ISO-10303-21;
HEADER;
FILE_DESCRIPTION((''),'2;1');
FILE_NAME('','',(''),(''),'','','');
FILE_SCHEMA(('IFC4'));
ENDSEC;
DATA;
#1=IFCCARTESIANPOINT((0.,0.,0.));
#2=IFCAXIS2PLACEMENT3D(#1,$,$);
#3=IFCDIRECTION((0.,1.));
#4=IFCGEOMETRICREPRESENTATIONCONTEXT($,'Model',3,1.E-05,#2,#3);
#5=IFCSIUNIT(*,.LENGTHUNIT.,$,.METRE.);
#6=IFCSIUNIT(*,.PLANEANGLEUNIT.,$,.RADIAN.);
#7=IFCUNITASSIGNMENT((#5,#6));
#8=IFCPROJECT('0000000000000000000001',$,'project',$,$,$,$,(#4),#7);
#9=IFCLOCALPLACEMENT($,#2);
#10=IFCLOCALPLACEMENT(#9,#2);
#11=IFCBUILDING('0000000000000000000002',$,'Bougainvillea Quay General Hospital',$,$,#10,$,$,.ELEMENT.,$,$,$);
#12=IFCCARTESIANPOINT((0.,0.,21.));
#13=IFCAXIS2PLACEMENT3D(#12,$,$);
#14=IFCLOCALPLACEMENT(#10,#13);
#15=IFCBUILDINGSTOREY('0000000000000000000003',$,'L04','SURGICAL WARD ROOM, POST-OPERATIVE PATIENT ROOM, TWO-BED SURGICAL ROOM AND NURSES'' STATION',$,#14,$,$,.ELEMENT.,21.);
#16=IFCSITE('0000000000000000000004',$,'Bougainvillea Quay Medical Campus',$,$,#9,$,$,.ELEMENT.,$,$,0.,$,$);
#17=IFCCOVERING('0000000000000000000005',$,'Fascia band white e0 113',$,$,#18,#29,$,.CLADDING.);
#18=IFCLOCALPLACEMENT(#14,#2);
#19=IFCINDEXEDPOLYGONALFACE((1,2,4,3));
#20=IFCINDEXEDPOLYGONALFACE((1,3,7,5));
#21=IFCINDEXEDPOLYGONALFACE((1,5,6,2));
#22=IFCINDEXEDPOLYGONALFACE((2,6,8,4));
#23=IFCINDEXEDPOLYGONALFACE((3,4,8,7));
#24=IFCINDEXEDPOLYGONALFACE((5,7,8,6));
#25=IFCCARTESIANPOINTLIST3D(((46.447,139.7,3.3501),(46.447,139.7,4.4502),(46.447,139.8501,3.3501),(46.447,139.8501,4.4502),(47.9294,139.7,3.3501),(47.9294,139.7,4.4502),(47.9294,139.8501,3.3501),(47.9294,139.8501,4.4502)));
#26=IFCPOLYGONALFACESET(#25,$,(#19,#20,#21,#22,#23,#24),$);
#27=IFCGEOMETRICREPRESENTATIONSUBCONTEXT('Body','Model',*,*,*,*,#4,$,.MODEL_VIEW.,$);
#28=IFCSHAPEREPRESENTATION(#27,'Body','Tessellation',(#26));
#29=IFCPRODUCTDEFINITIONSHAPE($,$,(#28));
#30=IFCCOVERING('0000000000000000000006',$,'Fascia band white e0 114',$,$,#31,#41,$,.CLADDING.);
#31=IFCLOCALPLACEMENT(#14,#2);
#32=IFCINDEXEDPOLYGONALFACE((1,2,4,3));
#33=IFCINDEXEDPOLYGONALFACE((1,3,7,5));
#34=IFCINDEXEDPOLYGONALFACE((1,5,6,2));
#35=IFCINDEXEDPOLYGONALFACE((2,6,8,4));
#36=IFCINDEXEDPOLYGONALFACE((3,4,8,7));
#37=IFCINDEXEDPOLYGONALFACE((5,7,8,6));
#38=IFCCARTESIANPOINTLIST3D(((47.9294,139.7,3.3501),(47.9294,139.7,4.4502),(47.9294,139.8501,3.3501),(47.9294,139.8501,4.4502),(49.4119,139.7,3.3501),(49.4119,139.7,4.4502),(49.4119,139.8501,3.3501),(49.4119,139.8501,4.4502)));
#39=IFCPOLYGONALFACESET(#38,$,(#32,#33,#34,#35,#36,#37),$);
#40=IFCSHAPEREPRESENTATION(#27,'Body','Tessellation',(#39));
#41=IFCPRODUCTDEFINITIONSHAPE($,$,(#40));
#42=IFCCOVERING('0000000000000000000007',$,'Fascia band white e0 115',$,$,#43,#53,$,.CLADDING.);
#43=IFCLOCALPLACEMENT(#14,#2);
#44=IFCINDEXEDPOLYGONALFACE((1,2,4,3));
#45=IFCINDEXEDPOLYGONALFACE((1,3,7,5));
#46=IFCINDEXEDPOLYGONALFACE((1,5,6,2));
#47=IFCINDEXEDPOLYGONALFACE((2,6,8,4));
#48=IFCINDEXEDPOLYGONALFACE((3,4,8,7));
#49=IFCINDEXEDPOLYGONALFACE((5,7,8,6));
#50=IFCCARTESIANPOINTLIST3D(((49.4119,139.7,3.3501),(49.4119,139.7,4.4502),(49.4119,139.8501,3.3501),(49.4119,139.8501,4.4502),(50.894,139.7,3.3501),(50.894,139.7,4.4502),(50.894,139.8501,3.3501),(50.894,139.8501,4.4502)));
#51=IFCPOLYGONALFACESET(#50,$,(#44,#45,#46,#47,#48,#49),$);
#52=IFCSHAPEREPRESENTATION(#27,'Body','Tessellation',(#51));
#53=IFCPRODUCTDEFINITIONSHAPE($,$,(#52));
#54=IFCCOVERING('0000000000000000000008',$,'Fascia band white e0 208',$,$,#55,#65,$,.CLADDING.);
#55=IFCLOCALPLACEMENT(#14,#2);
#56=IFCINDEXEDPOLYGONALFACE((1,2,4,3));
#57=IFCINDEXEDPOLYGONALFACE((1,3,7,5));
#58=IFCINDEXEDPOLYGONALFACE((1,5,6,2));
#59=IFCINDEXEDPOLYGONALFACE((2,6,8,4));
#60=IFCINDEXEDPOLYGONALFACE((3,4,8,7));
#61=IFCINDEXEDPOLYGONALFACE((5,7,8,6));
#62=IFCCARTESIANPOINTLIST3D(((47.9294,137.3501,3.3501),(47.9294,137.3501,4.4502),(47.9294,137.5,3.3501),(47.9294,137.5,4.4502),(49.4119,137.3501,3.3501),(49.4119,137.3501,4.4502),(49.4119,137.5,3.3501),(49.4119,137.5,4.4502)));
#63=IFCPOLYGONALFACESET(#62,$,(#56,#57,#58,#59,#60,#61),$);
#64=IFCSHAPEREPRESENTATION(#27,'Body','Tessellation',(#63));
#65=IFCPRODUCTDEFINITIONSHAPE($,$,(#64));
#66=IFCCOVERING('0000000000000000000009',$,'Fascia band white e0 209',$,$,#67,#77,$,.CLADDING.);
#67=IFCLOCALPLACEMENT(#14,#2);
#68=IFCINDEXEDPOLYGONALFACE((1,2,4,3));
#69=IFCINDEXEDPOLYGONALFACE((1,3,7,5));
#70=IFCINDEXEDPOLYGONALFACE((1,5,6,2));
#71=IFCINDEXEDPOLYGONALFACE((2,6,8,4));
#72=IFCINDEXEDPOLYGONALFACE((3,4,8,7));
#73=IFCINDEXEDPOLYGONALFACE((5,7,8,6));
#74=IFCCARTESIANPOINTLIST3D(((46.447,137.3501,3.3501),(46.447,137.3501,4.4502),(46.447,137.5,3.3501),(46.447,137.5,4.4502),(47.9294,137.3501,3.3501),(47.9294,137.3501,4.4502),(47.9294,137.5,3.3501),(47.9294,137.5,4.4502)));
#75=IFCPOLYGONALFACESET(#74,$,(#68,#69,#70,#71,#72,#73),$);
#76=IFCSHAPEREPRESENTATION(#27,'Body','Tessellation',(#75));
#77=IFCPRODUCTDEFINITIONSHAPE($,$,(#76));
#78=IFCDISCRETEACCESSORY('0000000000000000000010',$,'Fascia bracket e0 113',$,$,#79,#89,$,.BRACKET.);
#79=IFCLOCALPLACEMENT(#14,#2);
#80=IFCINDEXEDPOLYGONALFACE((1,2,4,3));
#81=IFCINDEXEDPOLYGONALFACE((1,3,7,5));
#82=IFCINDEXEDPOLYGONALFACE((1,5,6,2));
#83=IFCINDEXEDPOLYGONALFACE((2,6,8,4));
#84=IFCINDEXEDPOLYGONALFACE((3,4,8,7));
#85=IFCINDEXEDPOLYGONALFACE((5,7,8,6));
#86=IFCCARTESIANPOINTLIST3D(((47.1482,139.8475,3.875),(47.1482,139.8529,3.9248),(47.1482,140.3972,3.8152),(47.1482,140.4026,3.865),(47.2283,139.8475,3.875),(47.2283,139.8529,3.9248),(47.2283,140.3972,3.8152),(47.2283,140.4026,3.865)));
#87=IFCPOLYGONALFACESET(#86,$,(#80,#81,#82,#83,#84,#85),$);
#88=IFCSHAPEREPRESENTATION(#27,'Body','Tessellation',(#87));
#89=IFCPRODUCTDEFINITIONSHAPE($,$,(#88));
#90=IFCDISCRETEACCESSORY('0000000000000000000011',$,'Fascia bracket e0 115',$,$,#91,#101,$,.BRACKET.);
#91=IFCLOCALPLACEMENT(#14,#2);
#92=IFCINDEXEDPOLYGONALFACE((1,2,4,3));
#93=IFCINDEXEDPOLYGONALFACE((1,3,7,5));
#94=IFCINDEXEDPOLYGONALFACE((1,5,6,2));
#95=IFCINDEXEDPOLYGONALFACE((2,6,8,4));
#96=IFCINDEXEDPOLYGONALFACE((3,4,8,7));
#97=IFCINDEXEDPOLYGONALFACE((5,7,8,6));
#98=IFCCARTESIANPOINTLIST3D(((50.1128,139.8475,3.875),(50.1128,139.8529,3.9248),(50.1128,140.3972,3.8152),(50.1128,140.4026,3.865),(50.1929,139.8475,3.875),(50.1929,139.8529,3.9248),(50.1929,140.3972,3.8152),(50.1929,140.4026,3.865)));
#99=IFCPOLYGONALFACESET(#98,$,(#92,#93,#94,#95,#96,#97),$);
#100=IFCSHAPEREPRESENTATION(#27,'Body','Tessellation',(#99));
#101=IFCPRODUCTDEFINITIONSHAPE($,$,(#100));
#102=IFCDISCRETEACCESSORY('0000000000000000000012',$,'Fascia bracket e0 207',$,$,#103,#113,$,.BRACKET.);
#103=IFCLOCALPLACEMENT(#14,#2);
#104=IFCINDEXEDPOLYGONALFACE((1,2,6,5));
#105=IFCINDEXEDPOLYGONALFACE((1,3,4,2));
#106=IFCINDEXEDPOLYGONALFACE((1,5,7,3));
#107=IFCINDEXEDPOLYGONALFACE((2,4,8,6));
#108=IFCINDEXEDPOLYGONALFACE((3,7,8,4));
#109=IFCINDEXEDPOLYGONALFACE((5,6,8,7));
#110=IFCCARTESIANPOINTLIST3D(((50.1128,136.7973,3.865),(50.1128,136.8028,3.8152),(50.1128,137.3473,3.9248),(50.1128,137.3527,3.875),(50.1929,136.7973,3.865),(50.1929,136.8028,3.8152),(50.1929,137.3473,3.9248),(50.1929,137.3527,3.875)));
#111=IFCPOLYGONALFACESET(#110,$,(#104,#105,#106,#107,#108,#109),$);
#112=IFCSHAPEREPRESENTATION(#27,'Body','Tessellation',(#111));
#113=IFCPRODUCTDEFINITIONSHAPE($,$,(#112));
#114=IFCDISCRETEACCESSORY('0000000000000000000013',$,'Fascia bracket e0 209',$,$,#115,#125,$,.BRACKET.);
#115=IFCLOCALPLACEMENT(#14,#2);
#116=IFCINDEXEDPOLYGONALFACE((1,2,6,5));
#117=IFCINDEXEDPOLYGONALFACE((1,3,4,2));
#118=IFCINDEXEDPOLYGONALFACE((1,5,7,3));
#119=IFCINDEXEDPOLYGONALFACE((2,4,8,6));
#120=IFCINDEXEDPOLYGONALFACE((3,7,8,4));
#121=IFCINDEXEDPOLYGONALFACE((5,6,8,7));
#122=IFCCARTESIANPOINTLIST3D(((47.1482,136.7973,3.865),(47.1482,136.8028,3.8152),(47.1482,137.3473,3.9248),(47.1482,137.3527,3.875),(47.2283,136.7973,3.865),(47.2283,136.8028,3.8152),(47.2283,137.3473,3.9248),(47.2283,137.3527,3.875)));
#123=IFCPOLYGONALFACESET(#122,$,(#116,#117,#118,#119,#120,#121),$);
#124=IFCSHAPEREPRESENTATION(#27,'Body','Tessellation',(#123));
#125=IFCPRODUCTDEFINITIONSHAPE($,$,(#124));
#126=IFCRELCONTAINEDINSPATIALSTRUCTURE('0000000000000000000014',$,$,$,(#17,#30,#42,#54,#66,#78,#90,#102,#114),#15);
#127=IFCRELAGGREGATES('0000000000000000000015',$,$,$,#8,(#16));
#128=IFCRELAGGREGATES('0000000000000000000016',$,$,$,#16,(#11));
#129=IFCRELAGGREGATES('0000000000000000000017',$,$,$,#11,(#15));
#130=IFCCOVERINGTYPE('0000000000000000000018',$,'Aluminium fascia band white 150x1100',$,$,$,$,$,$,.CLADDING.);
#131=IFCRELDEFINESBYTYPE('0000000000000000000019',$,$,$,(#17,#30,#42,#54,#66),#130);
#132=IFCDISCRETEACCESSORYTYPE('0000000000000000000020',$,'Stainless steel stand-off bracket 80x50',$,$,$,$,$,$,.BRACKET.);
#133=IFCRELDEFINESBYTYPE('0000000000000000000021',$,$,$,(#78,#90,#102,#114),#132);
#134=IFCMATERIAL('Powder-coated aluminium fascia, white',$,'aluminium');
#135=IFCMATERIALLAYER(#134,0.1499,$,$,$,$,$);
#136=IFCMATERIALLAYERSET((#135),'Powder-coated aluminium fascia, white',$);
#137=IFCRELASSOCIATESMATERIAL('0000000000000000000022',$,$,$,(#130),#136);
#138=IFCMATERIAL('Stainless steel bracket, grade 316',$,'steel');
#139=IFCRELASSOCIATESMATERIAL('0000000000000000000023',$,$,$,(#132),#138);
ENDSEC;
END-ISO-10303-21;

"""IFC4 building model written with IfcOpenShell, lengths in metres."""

from ifc_helpers import new_model, si_unit, direction, frame, origin, origin_2d, place, context, subcontext, project, spatial, polyline, rectangle, outline, extrude, material, layer, layer_set, material_profile, profile_set, type_object, element, save


model = new_model("IFC4")

# Units and contexts
model_context = context("Model", 3, precision=1e-05, world=origin(), true_north=direction((0.0, 1.0)))
body_context = subcontext(model_context, "Body", "Model", "MODEL_VIEW")
ifc_project = project(units=[si_unit("LENGTHUNIT", "METRE"), si_unit("PLANEANGLEUNIT", "RADIAN")], contexts=[model_context])

# Site, building, storey
site_placement = place(None, origin())
site = spatial("IfcSite", under=ifc_project, at=site_placement, Name="Bougainvillea Quay Medical Campus", CompositionType="ELEMENT", RefElevation=0.0)
building_placement = place(site_placement, origin())
building = spatial("IfcBuilding", under=site, at=building_placement, Name="Bougainvillea Quay General Hospital", CompositionType="ELEMENT")
storey_placement = place(building_placement, frame((0.0, 0.0, 21.0)))
storey = spatial("IfcBuildingStorey", under=building, at=storey_placement, Name="L04", Description="SURGICAL WARD ROOM, POST-OPERATIVE PATIENT ROOM, TWO-BED SURGICAL ROOM AND NURSES' STATION", CompositionType="ELEMENT", Elevation=21.0)

# Coverings
ifc_material_1 = material(Name="Powder-coated aluminium fascia, white", Category="aluminium")
ifc_layer_1 = layer(ifc_material_1, 0.1499)
ifc_layer_set_1 = layer_set([ifc_layer_1], Name="Powder-coated aluminium fascia, white")
covering_type = type_object("IfcCoveringType", Name="Aluminium fascia band white 150x1100", PredefinedType="CLADDING", material=ifc_layer_set_1)
for number, where, z_axis, x_axis, name in (
    (1, (46.447, 139.8501, 3.3501), (0.0, 0.0, 1.0), (1.0, 0.0, 0.0), "Fascia band white e0 113"),
    (2, (47.9294, 139.8501, 3.3501), (0.0, 0.0, 1.0), (1.0, 0.0, 0.0), "Fascia band white e0 114"),
):
    element("IfcCovering", number, at=place(storey_placement, frame(where, z_axis=z_axis, x_axis=x_axis)), inside=storey, type_object=covering_type, Name=name, PredefinedType="CLADDING", context=body_context, shape_type="SweptSolid", body=[
        extrude(outline(polyline([(0.0, 0.0), (1.4824, 0.0), (1.4824, -0.1501), (0.0, -0.1501), (0.0, 0.0)])), origin(), (0.0, 0.0, 1.0), 1.1001),
    ])
covering_placement = place(storey_placement, frame((49.4119, 139.8501, 3.3501), z_axis=(0.0, 0.0, 1.0), x_axis=(1.0, 0.0, 0.0)))
element("IfcCovering", 3, at=covering_placement, inside=storey, type_object=covering_type, Name="Fascia band white e0 115", PredefinedType="CLADDING", context=body_context, shape_type="SweptSolid", body=[
    extrude(outline(polyline([(0.0, 0.0), (1.4822, 0.0), (1.4822, -0.1501), (0.0, -0.1501), (0.0, 0.0)])), origin(), (0.0, 0.0, 1.0), 1.1001),
])
for number, where, z_axis, x_axis, name in (
    (4, (49.4119, 137.3501, 3.3501), (0.0, 0.0, 1.0), (-1.0, 0.0, 0.0), "Fascia band white e0 208"),
    (5, (47.9294, 137.3501, 3.3501), (0.0, 0.0, 1.0), (-1.0, 0.0, 0.0), "Fascia band white e0 209"),
):
    element("IfcCovering", number, at=place(storey_placement, frame(where, z_axis=z_axis, x_axis=x_axis)), inside=storey, type_object=covering_type, Name=name, PredefinedType="CLADDING", context=body_context, shape_type="SweptSolid", body=[
        extrude(outline(polyline([(0.0, 0.0), (1.4824, 0.0), (1.4824, -0.1499), (0.0, -0.1499), (0.0, 0.0)])), origin(), (0.0, 0.0, 1.0), 1.1001),
    ])

# Discrete accessories
ifc_material_2 = material(Name="Stainless steel bracket, grade 316", Category="steel")
ifc_material_profile_1 = material_profile(ifc_material_2, rectangle(XDim=0.0801, YDim=0.05, at=origin_2d()))
ifc_profile_set_1 = profile_set([ifc_material_profile_1], Name="Stainless steel bracket, grade 316")
discrete_accessory_type = type_object("IfcDiscreteAccessoryType", Name="Stainless steel stand-off bracket 80x50", PredefinedType="BRACKET", material=ifc_profile_set_1)
for number, where, z_axis, x_axis, name in (
    (6, (47.1882, 140.3999, 3.8401), (0.0, -0.994134, 0.108154), (1.0, 0.0, 0.0), "Fascia bracket e0 113"),
    (7, (50.1528, 140.3999, 3.8401), (0.0, -0.994134, 0.108154), (1.0, 0.0, 0.0), "Fascia bracket e0 115"),
):
    element("IfcDiscreteAccessory", number, at=place(storey_placement, frame(where, z_axis=z_axis, x_axis=x_axis)), inside=storey, type_object=discrete_accessory_type, Name=name, PredefinedType="BRACKET", context=body_context, shape_type="SweptSolid", body=[
        extrude(rectangle(XDim=0.0801, YDim=0.05, at=origin_2d()), origin(), (0.0, 0.0, 1.0), 0.553),
    ])
for number, where, z_axis, x_axis, name in (
    (8, (50.1528, 136.8, 3.8401), (0.0, 0.994139, 0.108107), (-1.0, 0.0, 0.0), "Fascia bracket e0 207"),
    (9, (47.1882, 136.8, 3.8401), (0.0, 0.994139, 0.108107), (-1.0, 0.0, 0.0), "Fascia bracket e0 209"),
):
    element("IfcDiscreteAccessory", number, at=place(storey_placement, frame(where, z_axis=z_axis, x_axis=x_axis)), inside=storey, type_object=discrete_accessory_type, Name=name, PredefinedType="BRACKET", context=body_context, shape_type="SweptSolid", body=[
        extrude(rectangle(XDim=0.0801, YDim=0.05, at=origin_2d()), origin(), (0.0, 0.0, 1.0), 0.5532),
    ])

save(model, "model.ifc")
